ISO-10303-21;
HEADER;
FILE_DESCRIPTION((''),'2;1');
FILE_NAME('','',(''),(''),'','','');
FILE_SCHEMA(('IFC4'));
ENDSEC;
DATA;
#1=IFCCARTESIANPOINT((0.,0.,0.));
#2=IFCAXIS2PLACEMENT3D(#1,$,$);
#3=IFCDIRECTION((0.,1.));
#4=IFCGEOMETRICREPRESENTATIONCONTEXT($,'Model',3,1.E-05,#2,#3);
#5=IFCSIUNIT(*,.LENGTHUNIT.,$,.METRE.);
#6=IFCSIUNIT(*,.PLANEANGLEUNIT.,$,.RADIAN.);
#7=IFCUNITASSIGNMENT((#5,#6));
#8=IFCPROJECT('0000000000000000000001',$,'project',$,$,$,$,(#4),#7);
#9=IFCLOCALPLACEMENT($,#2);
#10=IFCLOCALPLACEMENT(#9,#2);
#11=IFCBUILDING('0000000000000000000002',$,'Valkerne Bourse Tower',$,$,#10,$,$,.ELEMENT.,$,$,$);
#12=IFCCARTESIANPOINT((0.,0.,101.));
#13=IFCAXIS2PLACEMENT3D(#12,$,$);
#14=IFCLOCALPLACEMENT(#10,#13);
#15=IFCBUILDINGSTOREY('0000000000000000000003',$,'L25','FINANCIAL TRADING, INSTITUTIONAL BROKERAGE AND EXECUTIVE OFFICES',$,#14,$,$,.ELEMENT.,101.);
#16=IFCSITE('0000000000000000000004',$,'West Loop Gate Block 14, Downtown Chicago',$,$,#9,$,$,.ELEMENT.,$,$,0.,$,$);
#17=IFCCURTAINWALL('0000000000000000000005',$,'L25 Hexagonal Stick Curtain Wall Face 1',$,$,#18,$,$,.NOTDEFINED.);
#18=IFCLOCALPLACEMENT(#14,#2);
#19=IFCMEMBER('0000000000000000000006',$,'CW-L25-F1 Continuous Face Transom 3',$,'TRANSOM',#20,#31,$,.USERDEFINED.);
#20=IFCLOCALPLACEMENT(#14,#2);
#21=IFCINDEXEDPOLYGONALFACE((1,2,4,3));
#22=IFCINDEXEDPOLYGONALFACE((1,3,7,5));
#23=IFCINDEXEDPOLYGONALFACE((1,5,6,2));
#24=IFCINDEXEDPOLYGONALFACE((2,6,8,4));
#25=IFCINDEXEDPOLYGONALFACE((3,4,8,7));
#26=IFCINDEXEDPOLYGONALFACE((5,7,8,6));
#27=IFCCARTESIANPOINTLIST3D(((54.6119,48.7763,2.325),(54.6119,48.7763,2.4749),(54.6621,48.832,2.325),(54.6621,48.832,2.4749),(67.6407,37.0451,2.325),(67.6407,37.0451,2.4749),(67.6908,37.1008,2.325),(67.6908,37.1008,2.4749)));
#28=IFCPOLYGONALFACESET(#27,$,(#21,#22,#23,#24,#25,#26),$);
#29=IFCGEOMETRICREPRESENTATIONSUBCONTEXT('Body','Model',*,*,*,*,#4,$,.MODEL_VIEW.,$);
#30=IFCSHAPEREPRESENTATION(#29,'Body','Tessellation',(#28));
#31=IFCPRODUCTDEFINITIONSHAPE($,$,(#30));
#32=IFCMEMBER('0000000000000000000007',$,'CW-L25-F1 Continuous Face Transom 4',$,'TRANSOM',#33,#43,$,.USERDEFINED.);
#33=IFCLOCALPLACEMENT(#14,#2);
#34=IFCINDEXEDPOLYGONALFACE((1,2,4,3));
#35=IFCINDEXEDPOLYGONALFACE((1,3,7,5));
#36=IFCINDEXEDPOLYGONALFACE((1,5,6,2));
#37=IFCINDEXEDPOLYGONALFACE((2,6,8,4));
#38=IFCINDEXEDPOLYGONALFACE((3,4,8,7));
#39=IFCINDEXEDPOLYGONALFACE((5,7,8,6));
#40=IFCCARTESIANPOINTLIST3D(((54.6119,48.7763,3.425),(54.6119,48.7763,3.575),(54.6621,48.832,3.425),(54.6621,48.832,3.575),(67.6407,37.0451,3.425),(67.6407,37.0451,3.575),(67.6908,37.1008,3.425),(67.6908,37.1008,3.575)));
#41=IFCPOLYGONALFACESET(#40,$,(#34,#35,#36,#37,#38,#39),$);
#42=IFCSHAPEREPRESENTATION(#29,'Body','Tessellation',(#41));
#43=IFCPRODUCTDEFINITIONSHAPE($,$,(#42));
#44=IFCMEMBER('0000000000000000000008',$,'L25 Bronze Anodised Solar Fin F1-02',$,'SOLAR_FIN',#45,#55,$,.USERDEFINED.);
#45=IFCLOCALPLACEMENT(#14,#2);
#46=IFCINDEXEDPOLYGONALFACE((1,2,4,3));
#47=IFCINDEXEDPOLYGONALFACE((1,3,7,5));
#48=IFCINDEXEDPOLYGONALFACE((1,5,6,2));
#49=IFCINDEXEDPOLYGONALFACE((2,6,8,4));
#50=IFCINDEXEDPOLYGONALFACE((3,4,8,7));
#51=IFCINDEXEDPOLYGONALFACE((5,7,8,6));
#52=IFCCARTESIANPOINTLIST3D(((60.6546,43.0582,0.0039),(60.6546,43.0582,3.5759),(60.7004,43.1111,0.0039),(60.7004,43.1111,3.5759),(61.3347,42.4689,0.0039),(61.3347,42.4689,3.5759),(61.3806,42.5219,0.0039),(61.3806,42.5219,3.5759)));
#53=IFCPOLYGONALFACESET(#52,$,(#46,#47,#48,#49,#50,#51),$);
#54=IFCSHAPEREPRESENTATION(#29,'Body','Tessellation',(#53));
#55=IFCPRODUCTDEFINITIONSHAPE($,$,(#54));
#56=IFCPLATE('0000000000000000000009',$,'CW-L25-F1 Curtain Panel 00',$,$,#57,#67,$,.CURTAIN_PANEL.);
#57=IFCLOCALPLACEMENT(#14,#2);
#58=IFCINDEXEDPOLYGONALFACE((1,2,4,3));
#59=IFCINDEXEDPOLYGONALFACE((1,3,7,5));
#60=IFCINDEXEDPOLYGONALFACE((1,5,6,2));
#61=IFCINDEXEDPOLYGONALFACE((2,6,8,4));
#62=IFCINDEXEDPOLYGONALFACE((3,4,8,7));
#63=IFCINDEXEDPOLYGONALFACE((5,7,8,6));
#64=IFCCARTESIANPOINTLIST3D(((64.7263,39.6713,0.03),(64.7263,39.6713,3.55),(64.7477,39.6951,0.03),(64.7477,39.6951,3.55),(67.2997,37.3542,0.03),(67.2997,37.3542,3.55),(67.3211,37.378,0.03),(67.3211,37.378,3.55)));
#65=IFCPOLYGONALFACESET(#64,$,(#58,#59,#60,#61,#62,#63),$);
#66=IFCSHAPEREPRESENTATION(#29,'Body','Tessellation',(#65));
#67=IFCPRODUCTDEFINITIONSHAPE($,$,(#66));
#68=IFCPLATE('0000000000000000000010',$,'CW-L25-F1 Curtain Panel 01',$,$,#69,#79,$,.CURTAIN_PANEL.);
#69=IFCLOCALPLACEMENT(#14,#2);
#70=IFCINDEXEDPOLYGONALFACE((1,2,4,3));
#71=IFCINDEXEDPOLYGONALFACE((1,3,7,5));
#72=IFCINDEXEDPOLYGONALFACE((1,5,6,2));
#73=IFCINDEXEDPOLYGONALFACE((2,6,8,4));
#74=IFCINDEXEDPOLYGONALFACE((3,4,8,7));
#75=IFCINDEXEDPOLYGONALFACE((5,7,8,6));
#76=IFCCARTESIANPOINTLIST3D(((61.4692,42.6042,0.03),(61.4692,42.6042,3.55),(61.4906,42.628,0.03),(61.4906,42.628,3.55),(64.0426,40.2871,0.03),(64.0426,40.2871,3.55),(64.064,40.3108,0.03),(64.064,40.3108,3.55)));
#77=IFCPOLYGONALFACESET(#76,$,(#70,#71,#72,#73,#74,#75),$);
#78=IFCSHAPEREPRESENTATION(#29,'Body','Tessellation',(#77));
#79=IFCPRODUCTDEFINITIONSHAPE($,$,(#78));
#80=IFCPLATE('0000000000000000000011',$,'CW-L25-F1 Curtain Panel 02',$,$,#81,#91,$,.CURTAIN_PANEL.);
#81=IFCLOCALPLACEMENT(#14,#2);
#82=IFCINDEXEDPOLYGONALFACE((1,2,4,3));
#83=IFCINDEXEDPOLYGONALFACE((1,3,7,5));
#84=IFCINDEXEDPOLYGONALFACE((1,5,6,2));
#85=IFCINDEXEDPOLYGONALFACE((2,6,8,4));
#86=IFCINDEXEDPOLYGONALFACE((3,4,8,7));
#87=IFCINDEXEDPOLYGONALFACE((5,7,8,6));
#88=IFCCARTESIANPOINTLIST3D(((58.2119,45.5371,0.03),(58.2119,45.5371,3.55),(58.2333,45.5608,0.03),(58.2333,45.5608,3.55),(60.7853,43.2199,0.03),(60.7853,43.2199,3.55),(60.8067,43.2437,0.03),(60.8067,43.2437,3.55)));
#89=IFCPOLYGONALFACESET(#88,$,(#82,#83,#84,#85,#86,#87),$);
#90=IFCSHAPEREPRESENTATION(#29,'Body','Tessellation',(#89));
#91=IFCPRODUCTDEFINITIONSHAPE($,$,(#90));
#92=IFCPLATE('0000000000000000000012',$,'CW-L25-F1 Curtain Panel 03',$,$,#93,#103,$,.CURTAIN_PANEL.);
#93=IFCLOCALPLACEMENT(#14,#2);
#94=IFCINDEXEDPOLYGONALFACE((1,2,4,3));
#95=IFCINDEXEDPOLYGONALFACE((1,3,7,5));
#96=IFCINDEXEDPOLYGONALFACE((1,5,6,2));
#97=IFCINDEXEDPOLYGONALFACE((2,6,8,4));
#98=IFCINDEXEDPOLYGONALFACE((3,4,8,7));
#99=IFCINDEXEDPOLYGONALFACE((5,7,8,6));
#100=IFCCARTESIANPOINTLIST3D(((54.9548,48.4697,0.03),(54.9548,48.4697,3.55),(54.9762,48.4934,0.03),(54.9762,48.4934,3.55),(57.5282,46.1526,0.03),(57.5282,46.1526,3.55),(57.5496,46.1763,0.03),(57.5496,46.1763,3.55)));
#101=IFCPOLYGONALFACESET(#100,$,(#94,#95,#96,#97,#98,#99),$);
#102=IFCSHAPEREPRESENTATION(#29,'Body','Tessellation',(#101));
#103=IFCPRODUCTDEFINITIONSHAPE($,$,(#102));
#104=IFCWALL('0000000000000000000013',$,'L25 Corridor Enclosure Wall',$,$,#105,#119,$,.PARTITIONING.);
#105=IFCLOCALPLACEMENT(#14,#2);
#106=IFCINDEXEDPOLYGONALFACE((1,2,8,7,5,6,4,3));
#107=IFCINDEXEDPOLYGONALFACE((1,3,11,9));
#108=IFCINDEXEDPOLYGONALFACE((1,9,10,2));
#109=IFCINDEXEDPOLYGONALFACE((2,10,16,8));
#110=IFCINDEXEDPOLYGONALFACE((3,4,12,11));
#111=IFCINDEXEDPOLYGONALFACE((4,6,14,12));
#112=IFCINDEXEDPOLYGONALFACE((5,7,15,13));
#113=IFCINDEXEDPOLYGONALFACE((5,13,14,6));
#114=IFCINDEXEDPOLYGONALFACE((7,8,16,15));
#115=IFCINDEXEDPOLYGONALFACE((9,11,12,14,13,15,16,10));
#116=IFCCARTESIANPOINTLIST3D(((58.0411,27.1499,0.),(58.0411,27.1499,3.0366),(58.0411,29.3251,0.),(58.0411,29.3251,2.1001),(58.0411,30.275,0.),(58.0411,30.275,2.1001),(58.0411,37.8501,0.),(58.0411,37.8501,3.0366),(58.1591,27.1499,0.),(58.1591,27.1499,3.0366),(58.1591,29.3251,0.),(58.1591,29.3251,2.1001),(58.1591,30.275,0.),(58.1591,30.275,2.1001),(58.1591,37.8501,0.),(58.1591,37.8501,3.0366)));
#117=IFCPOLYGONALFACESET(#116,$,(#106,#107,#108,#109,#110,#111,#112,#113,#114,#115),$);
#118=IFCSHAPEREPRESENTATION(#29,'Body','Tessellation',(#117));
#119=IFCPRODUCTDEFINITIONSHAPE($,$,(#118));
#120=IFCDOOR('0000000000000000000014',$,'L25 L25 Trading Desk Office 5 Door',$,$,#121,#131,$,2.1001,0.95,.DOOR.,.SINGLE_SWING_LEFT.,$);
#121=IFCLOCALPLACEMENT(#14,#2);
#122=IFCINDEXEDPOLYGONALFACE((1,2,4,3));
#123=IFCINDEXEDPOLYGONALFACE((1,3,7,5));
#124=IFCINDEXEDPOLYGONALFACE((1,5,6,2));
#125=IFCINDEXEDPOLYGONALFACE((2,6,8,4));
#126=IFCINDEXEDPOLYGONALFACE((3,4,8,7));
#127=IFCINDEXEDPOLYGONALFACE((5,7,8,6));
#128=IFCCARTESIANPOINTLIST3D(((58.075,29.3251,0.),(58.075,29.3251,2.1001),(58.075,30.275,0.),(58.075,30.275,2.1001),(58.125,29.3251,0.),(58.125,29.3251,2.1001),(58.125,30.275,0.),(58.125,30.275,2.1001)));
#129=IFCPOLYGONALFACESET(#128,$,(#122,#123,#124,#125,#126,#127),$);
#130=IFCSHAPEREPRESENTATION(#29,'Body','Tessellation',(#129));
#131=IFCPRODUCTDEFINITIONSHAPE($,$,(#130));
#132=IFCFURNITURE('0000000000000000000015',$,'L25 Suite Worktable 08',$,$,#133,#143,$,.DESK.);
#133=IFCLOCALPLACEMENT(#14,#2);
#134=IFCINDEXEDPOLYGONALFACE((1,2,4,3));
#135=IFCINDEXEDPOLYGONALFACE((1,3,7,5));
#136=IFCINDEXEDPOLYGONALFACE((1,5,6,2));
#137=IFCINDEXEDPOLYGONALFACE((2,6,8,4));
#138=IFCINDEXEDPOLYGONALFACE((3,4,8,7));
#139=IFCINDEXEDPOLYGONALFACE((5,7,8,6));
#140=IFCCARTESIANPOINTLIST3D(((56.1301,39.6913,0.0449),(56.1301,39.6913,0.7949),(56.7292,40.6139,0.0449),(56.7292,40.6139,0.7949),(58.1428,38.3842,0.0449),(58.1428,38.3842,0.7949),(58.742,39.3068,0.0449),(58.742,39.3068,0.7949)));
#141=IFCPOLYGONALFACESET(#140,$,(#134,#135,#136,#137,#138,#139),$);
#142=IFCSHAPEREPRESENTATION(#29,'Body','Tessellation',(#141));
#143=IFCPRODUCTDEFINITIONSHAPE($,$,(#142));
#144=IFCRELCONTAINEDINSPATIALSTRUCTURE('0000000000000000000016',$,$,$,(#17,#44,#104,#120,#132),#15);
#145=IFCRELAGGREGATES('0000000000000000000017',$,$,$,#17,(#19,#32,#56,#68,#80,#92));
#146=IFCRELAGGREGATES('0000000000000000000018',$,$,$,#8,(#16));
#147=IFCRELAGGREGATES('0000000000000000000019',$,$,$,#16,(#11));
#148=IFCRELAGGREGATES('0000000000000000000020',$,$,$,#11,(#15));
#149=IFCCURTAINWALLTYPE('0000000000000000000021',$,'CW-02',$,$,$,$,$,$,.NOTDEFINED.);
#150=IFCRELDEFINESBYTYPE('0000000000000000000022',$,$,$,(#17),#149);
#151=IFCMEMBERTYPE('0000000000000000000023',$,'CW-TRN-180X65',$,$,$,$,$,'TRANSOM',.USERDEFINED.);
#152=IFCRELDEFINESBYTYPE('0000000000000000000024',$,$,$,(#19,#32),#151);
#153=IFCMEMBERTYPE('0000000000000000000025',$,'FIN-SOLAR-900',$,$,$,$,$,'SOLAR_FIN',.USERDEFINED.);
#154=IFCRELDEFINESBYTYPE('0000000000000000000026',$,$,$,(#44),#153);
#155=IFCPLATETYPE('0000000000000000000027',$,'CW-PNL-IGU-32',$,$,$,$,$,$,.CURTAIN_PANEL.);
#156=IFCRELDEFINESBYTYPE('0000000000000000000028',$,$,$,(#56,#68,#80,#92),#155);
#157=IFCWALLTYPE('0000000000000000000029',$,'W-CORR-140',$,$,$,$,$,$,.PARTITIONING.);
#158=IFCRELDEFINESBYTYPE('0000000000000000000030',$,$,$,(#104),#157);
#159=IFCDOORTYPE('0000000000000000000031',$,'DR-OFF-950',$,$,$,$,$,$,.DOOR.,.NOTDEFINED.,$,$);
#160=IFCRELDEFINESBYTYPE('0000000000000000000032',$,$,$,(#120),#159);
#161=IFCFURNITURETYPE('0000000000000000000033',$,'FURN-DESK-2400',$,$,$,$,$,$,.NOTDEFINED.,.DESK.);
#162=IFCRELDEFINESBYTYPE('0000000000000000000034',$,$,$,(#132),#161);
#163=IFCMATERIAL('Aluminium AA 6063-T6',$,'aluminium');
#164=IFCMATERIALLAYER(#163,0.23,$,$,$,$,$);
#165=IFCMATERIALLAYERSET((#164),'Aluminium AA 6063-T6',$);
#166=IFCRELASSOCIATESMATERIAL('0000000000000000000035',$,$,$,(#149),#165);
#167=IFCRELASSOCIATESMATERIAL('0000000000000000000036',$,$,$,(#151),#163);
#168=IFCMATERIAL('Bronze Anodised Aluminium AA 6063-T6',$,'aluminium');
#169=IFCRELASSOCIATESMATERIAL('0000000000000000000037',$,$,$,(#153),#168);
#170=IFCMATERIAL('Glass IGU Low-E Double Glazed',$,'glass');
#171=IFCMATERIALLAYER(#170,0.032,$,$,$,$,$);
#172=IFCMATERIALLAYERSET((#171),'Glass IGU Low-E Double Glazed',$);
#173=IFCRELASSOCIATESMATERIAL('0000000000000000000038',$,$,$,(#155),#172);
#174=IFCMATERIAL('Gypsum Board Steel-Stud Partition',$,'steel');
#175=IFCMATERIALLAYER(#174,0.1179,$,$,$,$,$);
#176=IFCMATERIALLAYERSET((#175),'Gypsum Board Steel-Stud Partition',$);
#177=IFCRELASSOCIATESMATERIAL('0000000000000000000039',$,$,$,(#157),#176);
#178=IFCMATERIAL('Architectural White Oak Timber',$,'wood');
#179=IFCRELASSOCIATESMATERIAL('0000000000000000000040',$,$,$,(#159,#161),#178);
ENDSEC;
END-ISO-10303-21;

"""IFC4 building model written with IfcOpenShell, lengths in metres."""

from ifc_helpers import new_model, si_unit, direction, frame, frame_2d, origin, origin_2d, place, context, subcontext, project, spatial, rectangle, extrude, material, layer, layer_set, material_profile, profile_set, type_object, element, fill, aggregate, save


model = new_model("IFC4")

# Units and contexts
model_context = context("Model", 3, precision=1e-05, world=origin(), true_north=direction((0.0, 1.0)))
body_context = subcontext(model_context, "Body", "Model", "MODEL_VIEW")
ifc_project = project(units=[si_unit("LENGTHUNIT", "METRE"), si_unit("PLANEANGLEUNIT", "RADIAN")], contexts=[model_context])

# Site, building, storey
site_placement = place(None, origin())
site = spatial("IfcSite", under=ifc_project, at=site_placement, Name="West Loop Gate Block 14, Downtown Chicago", CompositionType="ELEMENT", RefElevation=0.0)
building_placement = place(site_placement, origin())
building = spatial("IfcBuilding", under=site, at=building_placement, Name="Valkerne Bourse Tower", CompositionType="ELEMENT")
storey_placement = place(building_placement, frame((0.0, 0.0, 101.0)))
storey = spatial("IfcBuildingStorey", under=building, at=storey_placement, Name="L25", Description="FINANCIAL TRADING, INSTITUTIONAL BROKERAGE AND EXECUTIVE OFFICES", CompositionType="ELEMENT", Elevation=101.0)

# Curtain wall, members
ifc_material_1 = material(Name="Aluminium AA 6063-T6", Category="aluminium")
ifc_layer_1 = layer(ifc_material_1, 0.23)
ifc_layer_set_1 = layer_set([ifc_layer_1], Name="Aluminium AA 6063-T6")
curtain_wall_type = type_object("IfcCurtainWallType", Name="CW-02", PredefinedType="NOTDEFINED", material=ifc_layer_set_1)
curtain_wall_placement = place(storey_placement, origin())
curtain_wall = element("IfcCurtainWall", 1, at=curtain_wall_placement, inside=storey, type_object=curtain_wall_type, Name="L25 Hexagonal Stick Curtain Wall Face 1", PredefinedType="NOTDEFINED")
ifc_material_profile_1 = material_profile(ifc_material_1, rectangle(XDim=0.075, YDim=0.1499, at=origin_2d()), Name="CWT-75X150")
ifc_profile_set_1 = profile_set([ifc_material_profile_1], Name="Aluminium AA 6063-T6")
member_type_1 = type_object("IfcMemberType", Name="CW-TRN-180X65", ElementType="TRANSOM", PredefinedType="USERDEFINED", material=ifc_profile_set_1)
member_1_placement = place(storey_placement, frame((67.6658, 37.073, 2.3999), z_axis=(-0.743145, 0.669131, 0.0), x_axis=(-0.669131, -0.743145, 0.0)))
member_1 = element("IfcMember", 2, at=member_1_placement, type_object=member_type_1, Name="CW-L25-F1 Continuous Face Transom 3", ObjectType="TRANSOM", PredefinedType="USERDEFINED", context=body_context, shape_type="SweptSolid", body=[
    extrude(rectangle(XDim=0.075, YDim=0.1499, at=origin_2d()), origin(), (0.0, 0.0, 1.0), 17.532),
])
member_2_placement = place(storey_placement, frame((67.6658, 37.073, 3.5), z_axis=(-0.743145, 0.669131, 0.0), x_axis=(-0.669131, -0.743145, 0.0)))
member_2 = element("IfcMember", 3, at=member_2_placement, type_object=member_type_1, Name="CW-L25-F1 Continuous Face Transom 4", ObjectType="TRANSOM", PredefinedType="USERDEFINED", context=body_context, shape_type="SweptSolid", body=[
    extrude(rectangle(XDim=0.075, YDim=0.1499, at=origin_2d()), origin(), (0.0, 0.0, 1.0), 17.532),
])

# Member
ifc_material_2 = material(Name="Bronze Anodised Aluminium AA 6063-T6", Category="aluminium")
ifc_material_profile_2 = material_profile(ifc_material_2, rectangle(XDim=0.0701, YDim=0.8999, at=origin_2d()), Name="FIN-70X900")
ifc_profile_set_2 = profile_set([ifc_material_profile_2], Name="Bronze Anodised Aluminium AA 6063-T6")
member_type_2 = type_object("IfcMemberType", Name="FIN-SOLAR-900", ElementType="SOLAR_FIN", PredefinedType="USERDEFINED", material=ifc_profile_set_2)
member_3_placement = place(storey_placement, frame((61.0176, 42.79, 0.0039), z_axis=(0.0, 0.0, 1.0), x_axis=(0.654762, 0.755835, 0.0)))
element("IfcMember", 4, at=member_3_placement, inside=storey, type_object=member_type_2, Name="L25 Bronze Anodised Solar Fin F1-02", ObjectType="SOLAR_FIN", PredefinedType="USERDEFINED", context=body_context, shape_type="SweptSolid", body=[
    extrude(rectangle(XDim=0.0701, YDim=0.8999, at=origin_2d()), origin(), (0.0, 0.0, 1.0), 3.572),
])

# Plates
ifc_material_3 = material(Name="Glass IGU Low-E Double Glazed", Category="glass")
ifc_layer_2 = layer(ifc_material_3, 0.032)
ifc_layer_set_2 = layer_set([ifc_layer_2], Name="Glass IGU Low-E Double Glazed")
plate_type = type_object("IfcPlateType", Name="CW-PNL-IGU-32", PredefinedType="CURTAIN_PANEL", material=ifc_layer_set_2)
plate_1_placement = place(storey_placement, frame((66.0237, 38.5247, 0.03), z_axis=(0.0, 0.0, 1.0), x_axis=(-0.743144, 0.669131, 0.0)))
plate_1 = element("IfcPlate", 5, at=plate_1_placement, type_object=plate_type, Name="CW-L25-F1 Curtain Panel 00", PredefinedType="CURTAIN_PANEL", context=body_context, shape_type="SweptSolid", body=[
    extrude(rectangle(XDim=3.4629, YDim=0.032, at=origin_2d()), origin(), (0.0, 0.0, 1.0), 3.52),
])
plate_2_placement = place(storey_placement, frame((62.7666, 41.4575, 0.03), z_axis=(0.0, 0.0, 1.0), x_axis=(-0.743144, 0.669131, 0.0)))
plate_2 = element("IfcPlate", 6, at=plate_2_placement, type_object=plate_type, Name="CW-L25-F1 Curtain Panel 01", PredefinedType="CURTAIN_PANEL", context=body_context, shape_type="SweptSolid", body=[
    extrude(rectangle(XDim=3.4629, YDim=0.032, at=origin_2d()), origin(), (0.0, 0.0, 1.0), 3.52),
])
plate_3_placement = place(storey_placement, frame((59.5093, 44.3904, 0.03), z_axis=(0.0, 0.0, 1.0), x_axis=(-0.743144, 0.669131, 0.0)))
plate_3 = element("IfcPlate", 7, at=plate_3_placement, type_object=plate_type, Name="CW-L25-F1 Curtain Panel 02", PredefinedType="CURTAIN_PANEL", context=body_context, shape_type="SweptSolid", body=[
    extrude(rectangle(XDim=3.4629, YDim=0.032, at=origin_2d()), origin(), (0.0, 0.0, 1.0), 3.52),
])
plate_4_placement = place(storey_placement, frame((56.2522, 47.323, 0.03), z_axis=(0.0, 0.0, 1.0), x_axis=(-0.743144, 0.669131, 0.0)))
plate_4 = element("IfcPlate", 8, at=plate_4_placement, type_object=plate_type, Name="CW-L25-F1 Curtain Panel 03", PredefinedType="CURTAIN_PANEL", context=body_context, shape_type="SweptSolid", body=[
    extrude(rectangle(XDim=3.4629, YDim=0.032, at=origin_2d()), origin(), (0.0, 0.0, 1.0), 3.52),
])
aggregate(curtain_wall, [member_1, member_2, plate_1, plate_2, plate_3, plate_4])

# Wall, opening, door
ifc_material_4 = material(Name="Gypsum Board Steel-Stud Partition", Category="steel")
ifc_layer_3 = layer(ifc_material_4, 0.1179)
ifc_layer_set_3 = layer_set([ifc_layer_3], Name="Gypsum Board Steel-Stud Partition")
wall_type = type_object("IfcWallType", Name="W-CORR-140", PredefinedType="PARTITIONING", material=ifc_layer_set_3)
wall_placement = place(storey_placement, frame((58.1001, 37.8501, 0.0), z_axis=(0.0, 0.0, 1.0), x_axis=(0.0, -1.0, 0.0)))
wall = element("IfcWall", 9, at=wall_placement, inside=storey, type_object=wall_type, Name="L25 Corridor Enclosure Wall", PredefinedType="PARTITIONING", context=body_context, shape_type="SweptSolid", body=[
    extrude(rectangle(XDim=10.7002, YDim=0.1179, at=frame_2d((5.3501, 0.0))), origin(), (0.0, 0.0, 1.0), 3.0366),
])
opening_placement = place(wall_placement, frame((7.575, 0.0, 0.0)))
opening = element("IfcOpeningElement", 10, at=opening_placement, cuts=wall, PredefinedType="OPENING", context=body_context, shape_type="SweptSolid", body=[
    extrude(rectangle(XDim=0.95, YDim=2.1001, at=frame_2d((0.4751, 1.05))), frame((0.0, 0.0688, 0.0), z_axis=(0.0, -1.0, 0.0), x_axis=(1.0, 0.0, 0.0)), (0.0, 0.0, 1.0), 0.1379),
])
ifc_material_5 = material(Name="Architectural White Oak Timber", Category="wood")
door_type = type_object("IfcDoorType", Name="DR-OFF-950", OperationType="NOTDEFINED", PredefinedType="DOOR", material=ifc_material_5)
door_placement = place(opening_placement, origin())
door = element("IfcDoor", 11, at=door_placement, inside=storey, type_object=door_type, Name="L25 L25 Trading Desk Office 5 Door", OperationType="SINGLE_SWING_LEFT", OverallHeight=2.1001, OverallWidth=0.95, PredefinedType="DOOR", context=body_context, shape_type="SweptSolid", body=[
    extrude(rectangle(XDim=0.95, YDim=2.1001, at=frame_2d((0.4751, 1.05))), frame((0.0, 0.0249, 0.0), z_axis=(0.0, -1.0, 0.0), x_axis=(1.0, 0.0, 0.0)), (0.0, 0.0, 1.0), 0.05),
])
fill(opening, door)

# Furniture
furniture_type = type_object("IfcFurnitureType", Name="FURN-DESK-2400", AssemblyPlace="NOTDEFINED", PredefinedType="DESK", material=ifc_material_5)
furniture_placement = place(storey_placement, frame((57.436, 39.499, 0.0449), z_axis=(0.0, 0.0, 1.0), x_axis=(-0.838671, 0.544639, 0.0)))
element("IfcFurniture", 12, at=furniture_placement, inside=storey, type_object=furniture_type, Name="L25 Suite Worktable 08", PredefinedType="DESK", context=body_context, shape_type="SweptSolid", body=[
    extrude(rectangle(XDim=2.3999, YDim=1.1001, at=origin_2d()), origin(), (0.0, 0.0, 1.0), 0.75),
])

save(model, "model.ifc")
